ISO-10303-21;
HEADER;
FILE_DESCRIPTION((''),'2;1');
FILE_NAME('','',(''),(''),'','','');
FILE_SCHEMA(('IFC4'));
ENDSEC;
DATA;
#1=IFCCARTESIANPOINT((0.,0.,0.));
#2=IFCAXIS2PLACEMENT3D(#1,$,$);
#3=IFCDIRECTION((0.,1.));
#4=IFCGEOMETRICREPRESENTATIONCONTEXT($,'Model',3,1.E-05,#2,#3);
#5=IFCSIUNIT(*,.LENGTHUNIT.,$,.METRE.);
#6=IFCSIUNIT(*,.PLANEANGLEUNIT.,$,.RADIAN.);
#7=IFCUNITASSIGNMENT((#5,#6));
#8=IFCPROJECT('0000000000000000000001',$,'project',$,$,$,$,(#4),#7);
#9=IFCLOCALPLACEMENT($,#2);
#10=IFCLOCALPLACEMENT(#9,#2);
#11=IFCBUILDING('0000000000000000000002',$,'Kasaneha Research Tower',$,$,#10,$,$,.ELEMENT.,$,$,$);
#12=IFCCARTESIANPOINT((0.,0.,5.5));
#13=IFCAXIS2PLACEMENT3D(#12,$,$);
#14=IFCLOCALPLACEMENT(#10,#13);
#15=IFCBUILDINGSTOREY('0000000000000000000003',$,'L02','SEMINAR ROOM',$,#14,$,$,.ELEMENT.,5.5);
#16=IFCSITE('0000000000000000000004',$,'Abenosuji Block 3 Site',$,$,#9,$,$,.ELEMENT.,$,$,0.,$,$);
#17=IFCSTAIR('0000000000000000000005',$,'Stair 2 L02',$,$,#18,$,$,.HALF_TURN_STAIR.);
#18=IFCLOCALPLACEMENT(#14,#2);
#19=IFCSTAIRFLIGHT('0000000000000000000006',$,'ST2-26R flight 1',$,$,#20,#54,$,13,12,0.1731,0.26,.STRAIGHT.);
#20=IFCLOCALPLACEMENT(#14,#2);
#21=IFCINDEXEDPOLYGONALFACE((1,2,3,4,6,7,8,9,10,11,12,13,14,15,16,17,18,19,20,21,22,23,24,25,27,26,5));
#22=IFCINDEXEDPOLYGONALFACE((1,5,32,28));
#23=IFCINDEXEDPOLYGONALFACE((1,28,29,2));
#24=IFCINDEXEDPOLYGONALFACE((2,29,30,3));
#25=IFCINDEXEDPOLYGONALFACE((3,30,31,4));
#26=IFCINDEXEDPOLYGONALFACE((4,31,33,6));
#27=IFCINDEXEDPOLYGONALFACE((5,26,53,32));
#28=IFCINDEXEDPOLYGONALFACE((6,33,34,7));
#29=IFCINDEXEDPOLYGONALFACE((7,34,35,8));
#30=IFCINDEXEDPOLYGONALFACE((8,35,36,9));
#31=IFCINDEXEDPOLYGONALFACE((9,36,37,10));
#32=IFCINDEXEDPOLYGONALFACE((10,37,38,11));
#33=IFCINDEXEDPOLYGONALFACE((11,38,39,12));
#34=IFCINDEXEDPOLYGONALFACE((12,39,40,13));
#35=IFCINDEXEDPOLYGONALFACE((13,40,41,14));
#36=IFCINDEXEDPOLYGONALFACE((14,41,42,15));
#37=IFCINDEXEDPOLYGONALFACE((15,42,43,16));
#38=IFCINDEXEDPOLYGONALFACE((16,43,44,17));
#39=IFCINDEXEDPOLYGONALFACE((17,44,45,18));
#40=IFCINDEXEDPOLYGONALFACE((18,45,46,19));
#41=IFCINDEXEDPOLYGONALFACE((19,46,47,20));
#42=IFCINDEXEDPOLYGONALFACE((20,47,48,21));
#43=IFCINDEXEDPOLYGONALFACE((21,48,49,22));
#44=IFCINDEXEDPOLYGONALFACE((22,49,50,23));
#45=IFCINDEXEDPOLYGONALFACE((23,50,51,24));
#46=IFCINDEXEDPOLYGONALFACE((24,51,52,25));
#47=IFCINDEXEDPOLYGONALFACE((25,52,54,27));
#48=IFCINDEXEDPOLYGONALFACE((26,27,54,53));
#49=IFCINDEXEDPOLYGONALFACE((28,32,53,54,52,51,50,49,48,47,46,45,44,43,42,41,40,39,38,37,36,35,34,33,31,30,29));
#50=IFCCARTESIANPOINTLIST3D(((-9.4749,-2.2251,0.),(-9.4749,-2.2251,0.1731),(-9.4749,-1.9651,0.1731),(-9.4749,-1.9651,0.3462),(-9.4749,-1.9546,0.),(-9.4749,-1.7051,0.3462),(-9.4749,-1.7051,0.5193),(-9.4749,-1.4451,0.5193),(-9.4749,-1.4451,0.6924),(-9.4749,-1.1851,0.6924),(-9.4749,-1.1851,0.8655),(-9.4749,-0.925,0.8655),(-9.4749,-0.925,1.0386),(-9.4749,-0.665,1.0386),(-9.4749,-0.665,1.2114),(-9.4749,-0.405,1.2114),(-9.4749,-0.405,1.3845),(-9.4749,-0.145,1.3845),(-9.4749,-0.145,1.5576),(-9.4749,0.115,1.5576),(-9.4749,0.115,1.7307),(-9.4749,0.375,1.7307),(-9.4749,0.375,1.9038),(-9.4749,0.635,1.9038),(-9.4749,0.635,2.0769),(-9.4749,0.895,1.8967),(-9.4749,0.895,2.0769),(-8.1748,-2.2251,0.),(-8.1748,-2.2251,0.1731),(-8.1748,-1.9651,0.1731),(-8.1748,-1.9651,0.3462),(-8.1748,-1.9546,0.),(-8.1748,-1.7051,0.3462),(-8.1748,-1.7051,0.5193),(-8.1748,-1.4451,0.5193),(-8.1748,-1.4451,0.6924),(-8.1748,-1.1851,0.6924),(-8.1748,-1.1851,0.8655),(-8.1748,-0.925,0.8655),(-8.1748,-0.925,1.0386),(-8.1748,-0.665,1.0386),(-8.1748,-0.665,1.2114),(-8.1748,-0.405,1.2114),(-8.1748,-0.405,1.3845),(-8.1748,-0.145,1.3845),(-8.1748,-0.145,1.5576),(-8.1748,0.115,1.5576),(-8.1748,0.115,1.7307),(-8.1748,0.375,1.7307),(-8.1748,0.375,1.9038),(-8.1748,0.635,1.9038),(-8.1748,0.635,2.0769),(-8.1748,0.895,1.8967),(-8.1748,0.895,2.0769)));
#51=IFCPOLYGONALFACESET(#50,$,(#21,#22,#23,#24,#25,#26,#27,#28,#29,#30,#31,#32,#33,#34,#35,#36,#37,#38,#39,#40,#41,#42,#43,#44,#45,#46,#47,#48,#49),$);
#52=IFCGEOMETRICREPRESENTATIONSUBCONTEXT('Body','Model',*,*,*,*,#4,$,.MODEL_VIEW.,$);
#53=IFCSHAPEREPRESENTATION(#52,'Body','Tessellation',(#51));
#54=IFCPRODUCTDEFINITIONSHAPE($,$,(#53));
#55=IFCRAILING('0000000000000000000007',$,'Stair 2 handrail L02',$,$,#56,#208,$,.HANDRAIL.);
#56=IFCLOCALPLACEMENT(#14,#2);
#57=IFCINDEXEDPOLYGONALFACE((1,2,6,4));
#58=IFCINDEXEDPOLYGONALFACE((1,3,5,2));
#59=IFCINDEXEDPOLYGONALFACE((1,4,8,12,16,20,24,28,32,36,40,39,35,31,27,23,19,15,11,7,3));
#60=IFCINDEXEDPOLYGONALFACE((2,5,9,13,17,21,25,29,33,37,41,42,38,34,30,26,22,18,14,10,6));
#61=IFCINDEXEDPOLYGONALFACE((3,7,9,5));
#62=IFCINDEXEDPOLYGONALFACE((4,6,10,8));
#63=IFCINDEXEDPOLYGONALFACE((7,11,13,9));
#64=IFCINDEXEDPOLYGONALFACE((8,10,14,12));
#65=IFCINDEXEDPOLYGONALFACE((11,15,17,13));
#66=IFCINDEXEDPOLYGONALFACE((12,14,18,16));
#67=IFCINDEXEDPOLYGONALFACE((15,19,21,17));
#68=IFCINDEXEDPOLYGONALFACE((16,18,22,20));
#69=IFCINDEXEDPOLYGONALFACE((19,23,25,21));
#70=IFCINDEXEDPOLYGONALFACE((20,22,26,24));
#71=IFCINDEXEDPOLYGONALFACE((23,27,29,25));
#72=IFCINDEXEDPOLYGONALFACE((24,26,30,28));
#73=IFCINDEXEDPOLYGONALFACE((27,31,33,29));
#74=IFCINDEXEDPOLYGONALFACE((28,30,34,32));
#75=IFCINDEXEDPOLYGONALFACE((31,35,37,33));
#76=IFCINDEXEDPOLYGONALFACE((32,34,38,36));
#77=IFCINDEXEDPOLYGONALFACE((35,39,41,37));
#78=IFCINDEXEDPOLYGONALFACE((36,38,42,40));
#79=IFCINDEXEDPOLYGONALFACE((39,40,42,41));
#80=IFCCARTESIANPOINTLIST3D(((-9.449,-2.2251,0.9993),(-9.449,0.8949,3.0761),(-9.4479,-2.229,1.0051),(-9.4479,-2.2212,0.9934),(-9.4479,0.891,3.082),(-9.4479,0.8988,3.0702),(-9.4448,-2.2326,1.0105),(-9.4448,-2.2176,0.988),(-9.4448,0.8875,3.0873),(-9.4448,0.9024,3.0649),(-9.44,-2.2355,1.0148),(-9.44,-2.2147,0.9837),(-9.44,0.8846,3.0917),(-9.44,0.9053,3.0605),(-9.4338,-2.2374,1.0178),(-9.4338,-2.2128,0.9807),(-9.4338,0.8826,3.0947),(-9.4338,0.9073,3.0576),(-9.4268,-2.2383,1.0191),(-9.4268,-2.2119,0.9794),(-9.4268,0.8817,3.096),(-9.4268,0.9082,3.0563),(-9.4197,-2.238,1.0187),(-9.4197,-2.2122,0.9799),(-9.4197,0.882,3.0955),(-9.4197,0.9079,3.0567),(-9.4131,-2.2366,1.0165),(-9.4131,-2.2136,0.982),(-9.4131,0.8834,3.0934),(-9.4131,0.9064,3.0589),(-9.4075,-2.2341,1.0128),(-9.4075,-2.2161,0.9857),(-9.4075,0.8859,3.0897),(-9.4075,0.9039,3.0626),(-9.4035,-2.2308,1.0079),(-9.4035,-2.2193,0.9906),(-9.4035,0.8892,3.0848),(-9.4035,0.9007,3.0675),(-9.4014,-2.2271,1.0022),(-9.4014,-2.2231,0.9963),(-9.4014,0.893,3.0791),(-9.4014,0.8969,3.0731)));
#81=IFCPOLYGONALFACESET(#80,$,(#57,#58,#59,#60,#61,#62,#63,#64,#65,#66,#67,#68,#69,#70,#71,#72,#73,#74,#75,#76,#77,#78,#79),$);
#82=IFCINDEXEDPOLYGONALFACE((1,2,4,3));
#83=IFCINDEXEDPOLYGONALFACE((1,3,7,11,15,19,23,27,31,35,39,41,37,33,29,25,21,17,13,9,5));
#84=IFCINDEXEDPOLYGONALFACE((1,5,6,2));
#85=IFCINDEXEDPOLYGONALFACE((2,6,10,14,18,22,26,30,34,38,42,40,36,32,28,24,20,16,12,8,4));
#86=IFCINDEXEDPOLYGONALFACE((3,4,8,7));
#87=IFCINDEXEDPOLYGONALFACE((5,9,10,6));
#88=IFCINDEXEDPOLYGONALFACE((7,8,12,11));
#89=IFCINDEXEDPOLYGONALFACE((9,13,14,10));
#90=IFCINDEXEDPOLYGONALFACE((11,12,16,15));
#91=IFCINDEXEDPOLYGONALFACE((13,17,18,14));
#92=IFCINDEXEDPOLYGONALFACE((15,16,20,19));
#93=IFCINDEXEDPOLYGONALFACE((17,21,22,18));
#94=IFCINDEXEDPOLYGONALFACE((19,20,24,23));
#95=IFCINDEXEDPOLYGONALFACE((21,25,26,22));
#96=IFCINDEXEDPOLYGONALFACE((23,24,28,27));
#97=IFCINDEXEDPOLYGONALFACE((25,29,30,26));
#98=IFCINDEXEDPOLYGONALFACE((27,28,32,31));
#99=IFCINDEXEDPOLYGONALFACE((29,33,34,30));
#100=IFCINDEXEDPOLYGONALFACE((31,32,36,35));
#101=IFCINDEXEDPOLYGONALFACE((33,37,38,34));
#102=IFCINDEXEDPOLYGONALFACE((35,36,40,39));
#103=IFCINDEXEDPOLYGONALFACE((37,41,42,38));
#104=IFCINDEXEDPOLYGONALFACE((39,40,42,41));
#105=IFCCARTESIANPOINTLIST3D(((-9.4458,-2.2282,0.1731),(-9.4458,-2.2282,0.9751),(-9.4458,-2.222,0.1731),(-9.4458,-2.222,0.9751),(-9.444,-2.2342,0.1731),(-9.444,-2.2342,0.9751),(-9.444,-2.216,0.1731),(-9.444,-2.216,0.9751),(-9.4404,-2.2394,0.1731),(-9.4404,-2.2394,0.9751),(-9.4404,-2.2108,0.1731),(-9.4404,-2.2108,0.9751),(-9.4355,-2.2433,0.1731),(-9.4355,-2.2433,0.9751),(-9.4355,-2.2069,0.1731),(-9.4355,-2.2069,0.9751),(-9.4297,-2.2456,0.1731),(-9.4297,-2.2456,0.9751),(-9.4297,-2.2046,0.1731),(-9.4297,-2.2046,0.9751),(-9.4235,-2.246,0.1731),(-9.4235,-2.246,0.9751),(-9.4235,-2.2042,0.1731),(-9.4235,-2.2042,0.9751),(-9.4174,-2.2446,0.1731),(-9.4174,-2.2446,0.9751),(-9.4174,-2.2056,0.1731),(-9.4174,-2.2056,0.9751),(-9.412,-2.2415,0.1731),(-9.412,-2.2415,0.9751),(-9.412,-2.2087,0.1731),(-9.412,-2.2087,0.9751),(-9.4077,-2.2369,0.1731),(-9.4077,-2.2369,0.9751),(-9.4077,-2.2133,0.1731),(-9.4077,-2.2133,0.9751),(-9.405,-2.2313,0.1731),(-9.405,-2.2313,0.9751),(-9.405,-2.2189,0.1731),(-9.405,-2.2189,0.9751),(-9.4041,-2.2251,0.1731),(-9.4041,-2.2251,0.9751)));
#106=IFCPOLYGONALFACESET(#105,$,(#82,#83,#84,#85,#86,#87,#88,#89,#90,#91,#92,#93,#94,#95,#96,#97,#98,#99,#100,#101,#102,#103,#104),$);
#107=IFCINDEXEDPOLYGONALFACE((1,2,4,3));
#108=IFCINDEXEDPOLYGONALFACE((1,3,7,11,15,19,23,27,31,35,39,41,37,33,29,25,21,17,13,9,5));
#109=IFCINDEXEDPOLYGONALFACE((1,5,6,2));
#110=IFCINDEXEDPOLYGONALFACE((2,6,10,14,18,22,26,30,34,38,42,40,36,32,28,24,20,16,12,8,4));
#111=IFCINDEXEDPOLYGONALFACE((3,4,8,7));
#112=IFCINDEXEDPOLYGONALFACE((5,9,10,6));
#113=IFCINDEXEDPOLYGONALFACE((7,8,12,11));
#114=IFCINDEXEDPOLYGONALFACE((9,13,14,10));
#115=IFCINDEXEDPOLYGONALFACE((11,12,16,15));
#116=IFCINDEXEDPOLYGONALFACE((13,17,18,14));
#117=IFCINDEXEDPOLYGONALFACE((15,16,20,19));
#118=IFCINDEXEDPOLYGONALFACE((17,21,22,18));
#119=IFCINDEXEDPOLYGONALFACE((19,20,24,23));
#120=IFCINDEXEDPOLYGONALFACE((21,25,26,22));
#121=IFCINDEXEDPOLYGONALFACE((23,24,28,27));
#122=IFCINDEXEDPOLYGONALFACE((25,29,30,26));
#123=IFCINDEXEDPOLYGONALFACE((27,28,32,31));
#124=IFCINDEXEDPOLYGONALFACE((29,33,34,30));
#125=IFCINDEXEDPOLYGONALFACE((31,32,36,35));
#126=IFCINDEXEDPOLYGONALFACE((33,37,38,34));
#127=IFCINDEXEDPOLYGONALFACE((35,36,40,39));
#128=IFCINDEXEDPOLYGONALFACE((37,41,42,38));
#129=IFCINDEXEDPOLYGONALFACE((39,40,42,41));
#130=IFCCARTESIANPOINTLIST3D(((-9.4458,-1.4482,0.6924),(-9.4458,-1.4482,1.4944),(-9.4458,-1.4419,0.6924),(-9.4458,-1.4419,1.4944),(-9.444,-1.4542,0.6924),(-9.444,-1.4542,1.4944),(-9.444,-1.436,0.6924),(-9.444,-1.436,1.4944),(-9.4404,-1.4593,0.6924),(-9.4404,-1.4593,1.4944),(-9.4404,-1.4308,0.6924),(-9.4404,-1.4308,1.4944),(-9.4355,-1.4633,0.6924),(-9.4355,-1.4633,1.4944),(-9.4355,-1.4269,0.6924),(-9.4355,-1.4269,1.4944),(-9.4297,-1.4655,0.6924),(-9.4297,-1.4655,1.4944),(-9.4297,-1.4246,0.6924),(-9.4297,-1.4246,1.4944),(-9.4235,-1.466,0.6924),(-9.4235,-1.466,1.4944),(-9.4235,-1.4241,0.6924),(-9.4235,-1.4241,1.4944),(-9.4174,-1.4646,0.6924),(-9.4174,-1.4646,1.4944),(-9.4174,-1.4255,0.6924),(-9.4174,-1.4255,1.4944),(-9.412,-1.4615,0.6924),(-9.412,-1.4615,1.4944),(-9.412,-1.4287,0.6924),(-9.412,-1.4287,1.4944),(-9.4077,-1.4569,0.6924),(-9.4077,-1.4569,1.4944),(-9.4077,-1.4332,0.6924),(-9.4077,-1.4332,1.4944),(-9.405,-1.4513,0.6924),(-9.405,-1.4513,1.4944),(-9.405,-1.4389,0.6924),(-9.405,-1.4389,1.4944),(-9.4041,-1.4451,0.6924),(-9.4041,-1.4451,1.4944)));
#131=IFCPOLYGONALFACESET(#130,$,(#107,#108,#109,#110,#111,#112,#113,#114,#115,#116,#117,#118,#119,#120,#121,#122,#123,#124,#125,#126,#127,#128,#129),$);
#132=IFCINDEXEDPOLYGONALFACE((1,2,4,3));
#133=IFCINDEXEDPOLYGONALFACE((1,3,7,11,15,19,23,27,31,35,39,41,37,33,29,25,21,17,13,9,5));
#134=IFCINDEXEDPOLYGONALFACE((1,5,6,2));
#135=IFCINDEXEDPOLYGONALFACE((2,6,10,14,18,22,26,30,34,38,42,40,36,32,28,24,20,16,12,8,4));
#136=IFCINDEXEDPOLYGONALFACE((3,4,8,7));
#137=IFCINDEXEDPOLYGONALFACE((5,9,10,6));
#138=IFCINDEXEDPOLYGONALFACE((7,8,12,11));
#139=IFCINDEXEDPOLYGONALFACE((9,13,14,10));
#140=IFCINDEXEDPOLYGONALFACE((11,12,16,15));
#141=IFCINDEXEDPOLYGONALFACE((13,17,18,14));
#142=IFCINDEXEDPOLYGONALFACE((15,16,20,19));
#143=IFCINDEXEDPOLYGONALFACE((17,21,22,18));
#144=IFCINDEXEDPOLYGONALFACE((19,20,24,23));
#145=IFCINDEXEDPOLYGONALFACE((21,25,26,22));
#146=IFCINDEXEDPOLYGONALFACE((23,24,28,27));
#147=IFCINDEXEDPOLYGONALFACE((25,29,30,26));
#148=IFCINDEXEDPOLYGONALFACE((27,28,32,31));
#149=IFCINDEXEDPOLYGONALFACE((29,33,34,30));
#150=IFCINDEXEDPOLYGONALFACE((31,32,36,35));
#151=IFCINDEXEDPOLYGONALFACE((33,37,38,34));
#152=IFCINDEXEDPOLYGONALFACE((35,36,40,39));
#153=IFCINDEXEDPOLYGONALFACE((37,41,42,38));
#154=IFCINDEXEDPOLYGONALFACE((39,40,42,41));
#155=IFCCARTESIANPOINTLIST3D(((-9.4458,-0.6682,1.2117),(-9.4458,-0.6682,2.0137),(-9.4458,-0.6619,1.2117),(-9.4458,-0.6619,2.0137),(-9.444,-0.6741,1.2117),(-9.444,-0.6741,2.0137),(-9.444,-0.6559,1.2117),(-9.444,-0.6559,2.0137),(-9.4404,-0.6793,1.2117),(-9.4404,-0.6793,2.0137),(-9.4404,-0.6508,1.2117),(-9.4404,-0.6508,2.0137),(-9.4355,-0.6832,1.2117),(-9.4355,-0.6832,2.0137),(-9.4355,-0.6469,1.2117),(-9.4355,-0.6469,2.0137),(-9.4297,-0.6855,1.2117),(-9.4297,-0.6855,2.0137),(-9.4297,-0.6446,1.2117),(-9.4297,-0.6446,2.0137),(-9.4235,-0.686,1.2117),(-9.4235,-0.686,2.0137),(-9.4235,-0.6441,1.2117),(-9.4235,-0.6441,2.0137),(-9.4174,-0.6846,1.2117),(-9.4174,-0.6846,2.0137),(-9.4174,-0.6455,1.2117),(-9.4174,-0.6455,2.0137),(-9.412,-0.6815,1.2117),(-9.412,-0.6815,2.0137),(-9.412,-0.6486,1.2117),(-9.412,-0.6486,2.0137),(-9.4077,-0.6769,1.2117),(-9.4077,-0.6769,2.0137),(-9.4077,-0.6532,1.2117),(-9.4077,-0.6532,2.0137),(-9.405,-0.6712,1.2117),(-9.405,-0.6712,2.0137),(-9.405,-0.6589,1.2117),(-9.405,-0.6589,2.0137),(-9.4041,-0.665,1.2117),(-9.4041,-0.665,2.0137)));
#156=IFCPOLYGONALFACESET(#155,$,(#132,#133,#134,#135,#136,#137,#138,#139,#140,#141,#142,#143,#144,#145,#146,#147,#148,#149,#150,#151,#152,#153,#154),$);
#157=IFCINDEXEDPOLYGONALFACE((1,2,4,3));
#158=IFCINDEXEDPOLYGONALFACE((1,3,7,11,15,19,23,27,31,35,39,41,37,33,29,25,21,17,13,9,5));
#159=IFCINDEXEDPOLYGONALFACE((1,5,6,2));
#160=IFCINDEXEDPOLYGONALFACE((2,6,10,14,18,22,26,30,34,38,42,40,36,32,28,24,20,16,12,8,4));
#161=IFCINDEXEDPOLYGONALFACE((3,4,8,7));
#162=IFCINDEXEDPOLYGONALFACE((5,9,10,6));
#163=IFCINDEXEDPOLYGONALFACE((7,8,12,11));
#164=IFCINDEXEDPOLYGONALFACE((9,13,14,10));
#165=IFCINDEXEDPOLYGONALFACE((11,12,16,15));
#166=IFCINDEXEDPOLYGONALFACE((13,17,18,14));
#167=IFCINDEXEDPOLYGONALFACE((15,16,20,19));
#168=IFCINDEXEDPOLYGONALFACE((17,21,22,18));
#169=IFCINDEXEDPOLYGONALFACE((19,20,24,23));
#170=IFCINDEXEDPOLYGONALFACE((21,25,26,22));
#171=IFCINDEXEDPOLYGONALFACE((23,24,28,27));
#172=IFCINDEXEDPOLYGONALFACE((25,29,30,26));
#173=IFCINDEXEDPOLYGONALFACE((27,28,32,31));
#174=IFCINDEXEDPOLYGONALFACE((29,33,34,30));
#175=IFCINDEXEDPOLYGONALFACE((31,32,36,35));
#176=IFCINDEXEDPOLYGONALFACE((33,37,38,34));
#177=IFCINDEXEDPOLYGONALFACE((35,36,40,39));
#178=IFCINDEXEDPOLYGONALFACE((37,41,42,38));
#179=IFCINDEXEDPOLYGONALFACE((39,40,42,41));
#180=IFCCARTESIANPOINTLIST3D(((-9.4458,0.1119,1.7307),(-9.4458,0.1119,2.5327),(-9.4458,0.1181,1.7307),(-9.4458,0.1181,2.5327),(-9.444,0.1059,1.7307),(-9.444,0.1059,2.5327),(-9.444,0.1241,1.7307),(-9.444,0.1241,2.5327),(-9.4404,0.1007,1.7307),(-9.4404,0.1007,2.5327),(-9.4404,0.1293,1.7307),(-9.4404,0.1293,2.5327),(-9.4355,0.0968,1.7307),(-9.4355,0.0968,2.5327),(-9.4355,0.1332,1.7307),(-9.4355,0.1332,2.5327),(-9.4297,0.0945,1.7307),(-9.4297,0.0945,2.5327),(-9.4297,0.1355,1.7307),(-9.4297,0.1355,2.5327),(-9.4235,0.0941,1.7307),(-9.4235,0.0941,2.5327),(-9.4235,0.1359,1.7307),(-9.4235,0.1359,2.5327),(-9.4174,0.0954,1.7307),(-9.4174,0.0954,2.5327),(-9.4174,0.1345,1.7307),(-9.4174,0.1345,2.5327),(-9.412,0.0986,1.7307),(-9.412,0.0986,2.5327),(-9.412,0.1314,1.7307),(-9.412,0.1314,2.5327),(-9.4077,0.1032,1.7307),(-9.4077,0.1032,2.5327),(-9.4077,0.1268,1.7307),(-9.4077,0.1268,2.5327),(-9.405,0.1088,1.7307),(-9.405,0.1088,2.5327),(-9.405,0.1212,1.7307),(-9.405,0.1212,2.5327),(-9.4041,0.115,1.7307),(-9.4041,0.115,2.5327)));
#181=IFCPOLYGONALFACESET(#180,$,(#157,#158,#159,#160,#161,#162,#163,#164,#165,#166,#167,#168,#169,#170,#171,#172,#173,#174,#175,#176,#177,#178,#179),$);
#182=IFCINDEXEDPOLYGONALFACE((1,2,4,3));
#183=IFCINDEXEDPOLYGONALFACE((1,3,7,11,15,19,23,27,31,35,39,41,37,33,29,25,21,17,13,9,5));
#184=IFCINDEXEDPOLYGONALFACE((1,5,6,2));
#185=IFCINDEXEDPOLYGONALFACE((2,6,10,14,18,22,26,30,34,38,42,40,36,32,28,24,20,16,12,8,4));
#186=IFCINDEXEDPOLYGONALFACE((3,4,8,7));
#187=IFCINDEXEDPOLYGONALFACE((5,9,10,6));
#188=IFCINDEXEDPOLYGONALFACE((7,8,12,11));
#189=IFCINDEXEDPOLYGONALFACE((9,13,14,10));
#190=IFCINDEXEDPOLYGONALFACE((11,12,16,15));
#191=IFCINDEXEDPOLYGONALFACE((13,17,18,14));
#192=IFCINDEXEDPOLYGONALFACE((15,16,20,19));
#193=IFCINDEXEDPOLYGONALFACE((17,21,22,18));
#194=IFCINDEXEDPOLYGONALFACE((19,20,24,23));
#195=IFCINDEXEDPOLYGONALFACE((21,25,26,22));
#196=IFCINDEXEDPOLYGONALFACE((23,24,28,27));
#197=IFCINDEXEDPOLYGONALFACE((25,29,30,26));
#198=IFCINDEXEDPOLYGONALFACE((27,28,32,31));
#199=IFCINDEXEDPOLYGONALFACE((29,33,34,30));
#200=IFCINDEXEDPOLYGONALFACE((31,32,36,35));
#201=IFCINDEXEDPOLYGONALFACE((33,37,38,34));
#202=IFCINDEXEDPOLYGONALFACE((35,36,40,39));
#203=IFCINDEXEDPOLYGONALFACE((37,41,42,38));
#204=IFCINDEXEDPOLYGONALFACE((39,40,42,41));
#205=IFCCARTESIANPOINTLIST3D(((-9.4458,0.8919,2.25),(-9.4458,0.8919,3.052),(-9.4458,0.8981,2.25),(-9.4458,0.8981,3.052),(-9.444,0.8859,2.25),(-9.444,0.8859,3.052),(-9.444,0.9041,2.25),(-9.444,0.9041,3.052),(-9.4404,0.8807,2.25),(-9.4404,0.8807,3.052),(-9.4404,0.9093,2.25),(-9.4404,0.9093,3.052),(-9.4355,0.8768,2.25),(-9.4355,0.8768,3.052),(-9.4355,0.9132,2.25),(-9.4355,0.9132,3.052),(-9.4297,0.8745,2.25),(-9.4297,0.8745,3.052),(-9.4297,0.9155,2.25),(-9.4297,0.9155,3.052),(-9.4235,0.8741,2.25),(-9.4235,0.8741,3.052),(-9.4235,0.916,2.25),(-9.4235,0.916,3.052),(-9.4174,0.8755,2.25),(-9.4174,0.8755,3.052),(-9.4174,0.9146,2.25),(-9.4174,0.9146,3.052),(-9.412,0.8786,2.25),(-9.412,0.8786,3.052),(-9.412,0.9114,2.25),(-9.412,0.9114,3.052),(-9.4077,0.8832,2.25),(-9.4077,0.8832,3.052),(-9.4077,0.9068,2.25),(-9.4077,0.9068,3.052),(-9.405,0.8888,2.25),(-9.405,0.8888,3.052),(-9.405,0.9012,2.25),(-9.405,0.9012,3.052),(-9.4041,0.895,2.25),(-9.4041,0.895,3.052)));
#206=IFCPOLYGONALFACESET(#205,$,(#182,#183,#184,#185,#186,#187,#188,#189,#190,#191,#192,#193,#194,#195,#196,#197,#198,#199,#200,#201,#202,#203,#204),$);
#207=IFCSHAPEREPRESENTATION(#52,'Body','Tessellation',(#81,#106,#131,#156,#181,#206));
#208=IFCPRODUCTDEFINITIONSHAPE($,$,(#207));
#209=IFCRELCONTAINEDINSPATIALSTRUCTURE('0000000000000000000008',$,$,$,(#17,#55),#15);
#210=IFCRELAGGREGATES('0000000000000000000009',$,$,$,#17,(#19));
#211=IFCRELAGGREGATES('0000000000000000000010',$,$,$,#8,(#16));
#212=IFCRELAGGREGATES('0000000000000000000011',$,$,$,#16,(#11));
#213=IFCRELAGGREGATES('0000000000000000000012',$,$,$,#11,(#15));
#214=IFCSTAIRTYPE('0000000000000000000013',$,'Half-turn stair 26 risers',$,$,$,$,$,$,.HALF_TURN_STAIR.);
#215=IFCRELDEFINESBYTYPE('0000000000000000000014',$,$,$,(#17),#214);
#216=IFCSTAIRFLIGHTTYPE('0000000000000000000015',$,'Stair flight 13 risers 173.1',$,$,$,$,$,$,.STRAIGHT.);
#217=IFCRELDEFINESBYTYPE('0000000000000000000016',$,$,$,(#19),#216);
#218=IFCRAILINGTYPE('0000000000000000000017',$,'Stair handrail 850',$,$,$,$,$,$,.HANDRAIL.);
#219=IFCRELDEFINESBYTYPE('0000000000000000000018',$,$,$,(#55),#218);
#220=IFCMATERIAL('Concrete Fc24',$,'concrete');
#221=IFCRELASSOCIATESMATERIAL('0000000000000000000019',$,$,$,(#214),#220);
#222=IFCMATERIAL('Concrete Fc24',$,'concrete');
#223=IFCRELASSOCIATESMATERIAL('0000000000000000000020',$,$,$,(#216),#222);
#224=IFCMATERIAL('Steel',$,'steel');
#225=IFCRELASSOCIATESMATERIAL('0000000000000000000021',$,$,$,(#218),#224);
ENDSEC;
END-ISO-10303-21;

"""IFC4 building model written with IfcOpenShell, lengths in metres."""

from ifc_helpers import new_model, si_unit, direction, frame, origin, origin_2d, place, context, subcontext, project, spatial, polyline, circle, outline, extrude, material, type_object, element, aggregate, save


model = new_model("IFC4")

# Units and contexts
model_context = context("Model", 3, precision=1e-05, world=origin(), true_north=direction((0.0, 1.0)))
body_context = subcontext(model_context, "Body", "Model", "MODEL_VIEW")
ifc_project = project(units=[si_unit("LENGTHUNIT", "METRE"), si_unit("PLANEANGLEUNIT", "RADIAN")], contexts=[model_context])

# Site, building, storey
site_placement = place(None, origin())
site = spatial("IfcSite", under=ifc_project, at=site_placement, Name="Abenosuji Block 3 Site", CompositionType="ELEMENT", RefElevation=0.0)
building_placement = place(site_placement, origin())
building = spatial("IfcBuilding", under=site, at=building_placement, Name="Kasaneha Research Tower", CompositionType="ELEMENT")
storey_placement = place(building_placement, frame((0.0, 0.0, 5.5)))
storey = spatial("IfcBuildingStorey", under=building, at=storey_placement, Name="L02", Description="SEMINAR ROOM", CompositionType="ELEMENT", Elevation=5.5)

# Stair, stair flight
ifc_material_1 = material(Name="Concrete Fc24", Category="concrete")
stair_type = type_object("IfcStairType", Name="Half-turn stair 26 risers", PredefinedType="HALF_TURN_STAIR", material=ifc_material_1)
stair_placement = place(storey_placement, origin())
stair = element("IfcStair", 1, at=stair_placement, inside=storey, type_object=stair_type, Name="Stair 2 L02", PredefinedType="HALF_TURN_STAIR")
ifc_material_2 = material(Name="Concrete Fc24", Category="concrete")
stair_flight_type = type_object("IfcStairFlightType", Name="Stair flight 13 risers 173.1", PredefinedType="STRAIGHT", material=ifc_material_2)
stair_flight_placement = place(storey_placement, frame((-8.825, -2.2251, 0.0), z_axis=(0.0, 0.0, 1.0), x_axis=(0.0, 1.0, 0.0)))
stair_flight = element("IfcStairFlight", 2, at=stair_flight_placement, type_object=stair_flight_type, Name="ST2-26R flight 1", NumberOfRisers=13, NumberOfTreads=12, PredefinedType="STRAIGHT", RiserHeight=0.1731, TreadLength=0.26, context=body_context, shape_type="SweptSolid", body=[
    extrude(outline(polyline([(0.0, 0.0), (0.0, 0.1731), (0.26, 0.1731), (0.26, 0.3462), (0.52, 0.3462), (0.52, 0.5193), (0.78, 0.5193), (0.78, 0.6924), (1.04, 0.6924), (1.04, 0.8655), (1.3, 0.8655), (1.3, 1.0386), (1.5601, 1.0386), (1.5601, 1.2114), (1.8201, 1.2114), (1.8201, 1.3845), (2.0801, 1.3845), (2.0801, 1.5576), (2.3401, 1.5576), (2.3401, 1.7307), (2.6001, 1.7307), (2.6001, 1.9038), (2.8601, 1.9038), (2.8601, 2.0769), (3.1201, 2.0769), (3.1201, 2.25), (3.1201, 1.8967), (0.2705, 0.0), (0.0, 0.0)])), frame((0.0, 0.6499, 0.0), z_axis=(0.0, -1.0, 0.0), x_axis=(1.0, 0.0, 0.0)), (0.0, 0.0, 1.0), 1.3),
])
aggregate(stair, [stair_flight])

# Railing
ifc_material_3 = material(Name="Steel", Category="steel")
railing_type = type_object("IfcRailingType", Name="Stair handrail 850", PredefinedType="HANDRAIL", material=ifc_material_3)
railing_placement = place(storey_placement, frame((-9.425, -2.2251, 0.1731)))
element("IfcRailing", 3, at=railing_placement, inside=storey, type_object=railing_type, Name="Stair 2 handrail L02", PredefinedType="HANDRAIL", context=body_context, shape_type="SweptSolid", body=[
    extrude(circle(Radius=0.0239, at=origin_2d()), frame((0.0, 0.0, 0.8262), z_axis=(0.0, 0.832441, 0.554114), x_axis=(-1.0, 0.0, 0.0)), (0.0, 0.0, 1.0), 3.748),
    extrude(circle(Radius=0.021, at=origin_2d()), origin(), (0.0, 0.0, 1.0), 0.802),
    extrude(circle(Radius=0.021, at=origin_2d()), frame((0.0, 0.78, 0.5193)), (0.0, 0.0, 1.0), 0.802),
    extrude(circle(Radius=0.021, at=origin_2d()), frame((0.0, 1.5601, 1.0386)), (0.0, 0.0, 1.0), 0.802),
    extrude(circle(Radius=0.021, at=origin_2d()), frame((0.0, 2.3401, 1.5576)), (0.0, 0.0, 1.0), 0.802),
    extrude(circle(Radius=0.021, at=origin_2d()), frame((0.0, 3.1201, 2.0769)), (0.0, 0.0, 1.0), 0.802),
])

save(model, "model.ifc")
